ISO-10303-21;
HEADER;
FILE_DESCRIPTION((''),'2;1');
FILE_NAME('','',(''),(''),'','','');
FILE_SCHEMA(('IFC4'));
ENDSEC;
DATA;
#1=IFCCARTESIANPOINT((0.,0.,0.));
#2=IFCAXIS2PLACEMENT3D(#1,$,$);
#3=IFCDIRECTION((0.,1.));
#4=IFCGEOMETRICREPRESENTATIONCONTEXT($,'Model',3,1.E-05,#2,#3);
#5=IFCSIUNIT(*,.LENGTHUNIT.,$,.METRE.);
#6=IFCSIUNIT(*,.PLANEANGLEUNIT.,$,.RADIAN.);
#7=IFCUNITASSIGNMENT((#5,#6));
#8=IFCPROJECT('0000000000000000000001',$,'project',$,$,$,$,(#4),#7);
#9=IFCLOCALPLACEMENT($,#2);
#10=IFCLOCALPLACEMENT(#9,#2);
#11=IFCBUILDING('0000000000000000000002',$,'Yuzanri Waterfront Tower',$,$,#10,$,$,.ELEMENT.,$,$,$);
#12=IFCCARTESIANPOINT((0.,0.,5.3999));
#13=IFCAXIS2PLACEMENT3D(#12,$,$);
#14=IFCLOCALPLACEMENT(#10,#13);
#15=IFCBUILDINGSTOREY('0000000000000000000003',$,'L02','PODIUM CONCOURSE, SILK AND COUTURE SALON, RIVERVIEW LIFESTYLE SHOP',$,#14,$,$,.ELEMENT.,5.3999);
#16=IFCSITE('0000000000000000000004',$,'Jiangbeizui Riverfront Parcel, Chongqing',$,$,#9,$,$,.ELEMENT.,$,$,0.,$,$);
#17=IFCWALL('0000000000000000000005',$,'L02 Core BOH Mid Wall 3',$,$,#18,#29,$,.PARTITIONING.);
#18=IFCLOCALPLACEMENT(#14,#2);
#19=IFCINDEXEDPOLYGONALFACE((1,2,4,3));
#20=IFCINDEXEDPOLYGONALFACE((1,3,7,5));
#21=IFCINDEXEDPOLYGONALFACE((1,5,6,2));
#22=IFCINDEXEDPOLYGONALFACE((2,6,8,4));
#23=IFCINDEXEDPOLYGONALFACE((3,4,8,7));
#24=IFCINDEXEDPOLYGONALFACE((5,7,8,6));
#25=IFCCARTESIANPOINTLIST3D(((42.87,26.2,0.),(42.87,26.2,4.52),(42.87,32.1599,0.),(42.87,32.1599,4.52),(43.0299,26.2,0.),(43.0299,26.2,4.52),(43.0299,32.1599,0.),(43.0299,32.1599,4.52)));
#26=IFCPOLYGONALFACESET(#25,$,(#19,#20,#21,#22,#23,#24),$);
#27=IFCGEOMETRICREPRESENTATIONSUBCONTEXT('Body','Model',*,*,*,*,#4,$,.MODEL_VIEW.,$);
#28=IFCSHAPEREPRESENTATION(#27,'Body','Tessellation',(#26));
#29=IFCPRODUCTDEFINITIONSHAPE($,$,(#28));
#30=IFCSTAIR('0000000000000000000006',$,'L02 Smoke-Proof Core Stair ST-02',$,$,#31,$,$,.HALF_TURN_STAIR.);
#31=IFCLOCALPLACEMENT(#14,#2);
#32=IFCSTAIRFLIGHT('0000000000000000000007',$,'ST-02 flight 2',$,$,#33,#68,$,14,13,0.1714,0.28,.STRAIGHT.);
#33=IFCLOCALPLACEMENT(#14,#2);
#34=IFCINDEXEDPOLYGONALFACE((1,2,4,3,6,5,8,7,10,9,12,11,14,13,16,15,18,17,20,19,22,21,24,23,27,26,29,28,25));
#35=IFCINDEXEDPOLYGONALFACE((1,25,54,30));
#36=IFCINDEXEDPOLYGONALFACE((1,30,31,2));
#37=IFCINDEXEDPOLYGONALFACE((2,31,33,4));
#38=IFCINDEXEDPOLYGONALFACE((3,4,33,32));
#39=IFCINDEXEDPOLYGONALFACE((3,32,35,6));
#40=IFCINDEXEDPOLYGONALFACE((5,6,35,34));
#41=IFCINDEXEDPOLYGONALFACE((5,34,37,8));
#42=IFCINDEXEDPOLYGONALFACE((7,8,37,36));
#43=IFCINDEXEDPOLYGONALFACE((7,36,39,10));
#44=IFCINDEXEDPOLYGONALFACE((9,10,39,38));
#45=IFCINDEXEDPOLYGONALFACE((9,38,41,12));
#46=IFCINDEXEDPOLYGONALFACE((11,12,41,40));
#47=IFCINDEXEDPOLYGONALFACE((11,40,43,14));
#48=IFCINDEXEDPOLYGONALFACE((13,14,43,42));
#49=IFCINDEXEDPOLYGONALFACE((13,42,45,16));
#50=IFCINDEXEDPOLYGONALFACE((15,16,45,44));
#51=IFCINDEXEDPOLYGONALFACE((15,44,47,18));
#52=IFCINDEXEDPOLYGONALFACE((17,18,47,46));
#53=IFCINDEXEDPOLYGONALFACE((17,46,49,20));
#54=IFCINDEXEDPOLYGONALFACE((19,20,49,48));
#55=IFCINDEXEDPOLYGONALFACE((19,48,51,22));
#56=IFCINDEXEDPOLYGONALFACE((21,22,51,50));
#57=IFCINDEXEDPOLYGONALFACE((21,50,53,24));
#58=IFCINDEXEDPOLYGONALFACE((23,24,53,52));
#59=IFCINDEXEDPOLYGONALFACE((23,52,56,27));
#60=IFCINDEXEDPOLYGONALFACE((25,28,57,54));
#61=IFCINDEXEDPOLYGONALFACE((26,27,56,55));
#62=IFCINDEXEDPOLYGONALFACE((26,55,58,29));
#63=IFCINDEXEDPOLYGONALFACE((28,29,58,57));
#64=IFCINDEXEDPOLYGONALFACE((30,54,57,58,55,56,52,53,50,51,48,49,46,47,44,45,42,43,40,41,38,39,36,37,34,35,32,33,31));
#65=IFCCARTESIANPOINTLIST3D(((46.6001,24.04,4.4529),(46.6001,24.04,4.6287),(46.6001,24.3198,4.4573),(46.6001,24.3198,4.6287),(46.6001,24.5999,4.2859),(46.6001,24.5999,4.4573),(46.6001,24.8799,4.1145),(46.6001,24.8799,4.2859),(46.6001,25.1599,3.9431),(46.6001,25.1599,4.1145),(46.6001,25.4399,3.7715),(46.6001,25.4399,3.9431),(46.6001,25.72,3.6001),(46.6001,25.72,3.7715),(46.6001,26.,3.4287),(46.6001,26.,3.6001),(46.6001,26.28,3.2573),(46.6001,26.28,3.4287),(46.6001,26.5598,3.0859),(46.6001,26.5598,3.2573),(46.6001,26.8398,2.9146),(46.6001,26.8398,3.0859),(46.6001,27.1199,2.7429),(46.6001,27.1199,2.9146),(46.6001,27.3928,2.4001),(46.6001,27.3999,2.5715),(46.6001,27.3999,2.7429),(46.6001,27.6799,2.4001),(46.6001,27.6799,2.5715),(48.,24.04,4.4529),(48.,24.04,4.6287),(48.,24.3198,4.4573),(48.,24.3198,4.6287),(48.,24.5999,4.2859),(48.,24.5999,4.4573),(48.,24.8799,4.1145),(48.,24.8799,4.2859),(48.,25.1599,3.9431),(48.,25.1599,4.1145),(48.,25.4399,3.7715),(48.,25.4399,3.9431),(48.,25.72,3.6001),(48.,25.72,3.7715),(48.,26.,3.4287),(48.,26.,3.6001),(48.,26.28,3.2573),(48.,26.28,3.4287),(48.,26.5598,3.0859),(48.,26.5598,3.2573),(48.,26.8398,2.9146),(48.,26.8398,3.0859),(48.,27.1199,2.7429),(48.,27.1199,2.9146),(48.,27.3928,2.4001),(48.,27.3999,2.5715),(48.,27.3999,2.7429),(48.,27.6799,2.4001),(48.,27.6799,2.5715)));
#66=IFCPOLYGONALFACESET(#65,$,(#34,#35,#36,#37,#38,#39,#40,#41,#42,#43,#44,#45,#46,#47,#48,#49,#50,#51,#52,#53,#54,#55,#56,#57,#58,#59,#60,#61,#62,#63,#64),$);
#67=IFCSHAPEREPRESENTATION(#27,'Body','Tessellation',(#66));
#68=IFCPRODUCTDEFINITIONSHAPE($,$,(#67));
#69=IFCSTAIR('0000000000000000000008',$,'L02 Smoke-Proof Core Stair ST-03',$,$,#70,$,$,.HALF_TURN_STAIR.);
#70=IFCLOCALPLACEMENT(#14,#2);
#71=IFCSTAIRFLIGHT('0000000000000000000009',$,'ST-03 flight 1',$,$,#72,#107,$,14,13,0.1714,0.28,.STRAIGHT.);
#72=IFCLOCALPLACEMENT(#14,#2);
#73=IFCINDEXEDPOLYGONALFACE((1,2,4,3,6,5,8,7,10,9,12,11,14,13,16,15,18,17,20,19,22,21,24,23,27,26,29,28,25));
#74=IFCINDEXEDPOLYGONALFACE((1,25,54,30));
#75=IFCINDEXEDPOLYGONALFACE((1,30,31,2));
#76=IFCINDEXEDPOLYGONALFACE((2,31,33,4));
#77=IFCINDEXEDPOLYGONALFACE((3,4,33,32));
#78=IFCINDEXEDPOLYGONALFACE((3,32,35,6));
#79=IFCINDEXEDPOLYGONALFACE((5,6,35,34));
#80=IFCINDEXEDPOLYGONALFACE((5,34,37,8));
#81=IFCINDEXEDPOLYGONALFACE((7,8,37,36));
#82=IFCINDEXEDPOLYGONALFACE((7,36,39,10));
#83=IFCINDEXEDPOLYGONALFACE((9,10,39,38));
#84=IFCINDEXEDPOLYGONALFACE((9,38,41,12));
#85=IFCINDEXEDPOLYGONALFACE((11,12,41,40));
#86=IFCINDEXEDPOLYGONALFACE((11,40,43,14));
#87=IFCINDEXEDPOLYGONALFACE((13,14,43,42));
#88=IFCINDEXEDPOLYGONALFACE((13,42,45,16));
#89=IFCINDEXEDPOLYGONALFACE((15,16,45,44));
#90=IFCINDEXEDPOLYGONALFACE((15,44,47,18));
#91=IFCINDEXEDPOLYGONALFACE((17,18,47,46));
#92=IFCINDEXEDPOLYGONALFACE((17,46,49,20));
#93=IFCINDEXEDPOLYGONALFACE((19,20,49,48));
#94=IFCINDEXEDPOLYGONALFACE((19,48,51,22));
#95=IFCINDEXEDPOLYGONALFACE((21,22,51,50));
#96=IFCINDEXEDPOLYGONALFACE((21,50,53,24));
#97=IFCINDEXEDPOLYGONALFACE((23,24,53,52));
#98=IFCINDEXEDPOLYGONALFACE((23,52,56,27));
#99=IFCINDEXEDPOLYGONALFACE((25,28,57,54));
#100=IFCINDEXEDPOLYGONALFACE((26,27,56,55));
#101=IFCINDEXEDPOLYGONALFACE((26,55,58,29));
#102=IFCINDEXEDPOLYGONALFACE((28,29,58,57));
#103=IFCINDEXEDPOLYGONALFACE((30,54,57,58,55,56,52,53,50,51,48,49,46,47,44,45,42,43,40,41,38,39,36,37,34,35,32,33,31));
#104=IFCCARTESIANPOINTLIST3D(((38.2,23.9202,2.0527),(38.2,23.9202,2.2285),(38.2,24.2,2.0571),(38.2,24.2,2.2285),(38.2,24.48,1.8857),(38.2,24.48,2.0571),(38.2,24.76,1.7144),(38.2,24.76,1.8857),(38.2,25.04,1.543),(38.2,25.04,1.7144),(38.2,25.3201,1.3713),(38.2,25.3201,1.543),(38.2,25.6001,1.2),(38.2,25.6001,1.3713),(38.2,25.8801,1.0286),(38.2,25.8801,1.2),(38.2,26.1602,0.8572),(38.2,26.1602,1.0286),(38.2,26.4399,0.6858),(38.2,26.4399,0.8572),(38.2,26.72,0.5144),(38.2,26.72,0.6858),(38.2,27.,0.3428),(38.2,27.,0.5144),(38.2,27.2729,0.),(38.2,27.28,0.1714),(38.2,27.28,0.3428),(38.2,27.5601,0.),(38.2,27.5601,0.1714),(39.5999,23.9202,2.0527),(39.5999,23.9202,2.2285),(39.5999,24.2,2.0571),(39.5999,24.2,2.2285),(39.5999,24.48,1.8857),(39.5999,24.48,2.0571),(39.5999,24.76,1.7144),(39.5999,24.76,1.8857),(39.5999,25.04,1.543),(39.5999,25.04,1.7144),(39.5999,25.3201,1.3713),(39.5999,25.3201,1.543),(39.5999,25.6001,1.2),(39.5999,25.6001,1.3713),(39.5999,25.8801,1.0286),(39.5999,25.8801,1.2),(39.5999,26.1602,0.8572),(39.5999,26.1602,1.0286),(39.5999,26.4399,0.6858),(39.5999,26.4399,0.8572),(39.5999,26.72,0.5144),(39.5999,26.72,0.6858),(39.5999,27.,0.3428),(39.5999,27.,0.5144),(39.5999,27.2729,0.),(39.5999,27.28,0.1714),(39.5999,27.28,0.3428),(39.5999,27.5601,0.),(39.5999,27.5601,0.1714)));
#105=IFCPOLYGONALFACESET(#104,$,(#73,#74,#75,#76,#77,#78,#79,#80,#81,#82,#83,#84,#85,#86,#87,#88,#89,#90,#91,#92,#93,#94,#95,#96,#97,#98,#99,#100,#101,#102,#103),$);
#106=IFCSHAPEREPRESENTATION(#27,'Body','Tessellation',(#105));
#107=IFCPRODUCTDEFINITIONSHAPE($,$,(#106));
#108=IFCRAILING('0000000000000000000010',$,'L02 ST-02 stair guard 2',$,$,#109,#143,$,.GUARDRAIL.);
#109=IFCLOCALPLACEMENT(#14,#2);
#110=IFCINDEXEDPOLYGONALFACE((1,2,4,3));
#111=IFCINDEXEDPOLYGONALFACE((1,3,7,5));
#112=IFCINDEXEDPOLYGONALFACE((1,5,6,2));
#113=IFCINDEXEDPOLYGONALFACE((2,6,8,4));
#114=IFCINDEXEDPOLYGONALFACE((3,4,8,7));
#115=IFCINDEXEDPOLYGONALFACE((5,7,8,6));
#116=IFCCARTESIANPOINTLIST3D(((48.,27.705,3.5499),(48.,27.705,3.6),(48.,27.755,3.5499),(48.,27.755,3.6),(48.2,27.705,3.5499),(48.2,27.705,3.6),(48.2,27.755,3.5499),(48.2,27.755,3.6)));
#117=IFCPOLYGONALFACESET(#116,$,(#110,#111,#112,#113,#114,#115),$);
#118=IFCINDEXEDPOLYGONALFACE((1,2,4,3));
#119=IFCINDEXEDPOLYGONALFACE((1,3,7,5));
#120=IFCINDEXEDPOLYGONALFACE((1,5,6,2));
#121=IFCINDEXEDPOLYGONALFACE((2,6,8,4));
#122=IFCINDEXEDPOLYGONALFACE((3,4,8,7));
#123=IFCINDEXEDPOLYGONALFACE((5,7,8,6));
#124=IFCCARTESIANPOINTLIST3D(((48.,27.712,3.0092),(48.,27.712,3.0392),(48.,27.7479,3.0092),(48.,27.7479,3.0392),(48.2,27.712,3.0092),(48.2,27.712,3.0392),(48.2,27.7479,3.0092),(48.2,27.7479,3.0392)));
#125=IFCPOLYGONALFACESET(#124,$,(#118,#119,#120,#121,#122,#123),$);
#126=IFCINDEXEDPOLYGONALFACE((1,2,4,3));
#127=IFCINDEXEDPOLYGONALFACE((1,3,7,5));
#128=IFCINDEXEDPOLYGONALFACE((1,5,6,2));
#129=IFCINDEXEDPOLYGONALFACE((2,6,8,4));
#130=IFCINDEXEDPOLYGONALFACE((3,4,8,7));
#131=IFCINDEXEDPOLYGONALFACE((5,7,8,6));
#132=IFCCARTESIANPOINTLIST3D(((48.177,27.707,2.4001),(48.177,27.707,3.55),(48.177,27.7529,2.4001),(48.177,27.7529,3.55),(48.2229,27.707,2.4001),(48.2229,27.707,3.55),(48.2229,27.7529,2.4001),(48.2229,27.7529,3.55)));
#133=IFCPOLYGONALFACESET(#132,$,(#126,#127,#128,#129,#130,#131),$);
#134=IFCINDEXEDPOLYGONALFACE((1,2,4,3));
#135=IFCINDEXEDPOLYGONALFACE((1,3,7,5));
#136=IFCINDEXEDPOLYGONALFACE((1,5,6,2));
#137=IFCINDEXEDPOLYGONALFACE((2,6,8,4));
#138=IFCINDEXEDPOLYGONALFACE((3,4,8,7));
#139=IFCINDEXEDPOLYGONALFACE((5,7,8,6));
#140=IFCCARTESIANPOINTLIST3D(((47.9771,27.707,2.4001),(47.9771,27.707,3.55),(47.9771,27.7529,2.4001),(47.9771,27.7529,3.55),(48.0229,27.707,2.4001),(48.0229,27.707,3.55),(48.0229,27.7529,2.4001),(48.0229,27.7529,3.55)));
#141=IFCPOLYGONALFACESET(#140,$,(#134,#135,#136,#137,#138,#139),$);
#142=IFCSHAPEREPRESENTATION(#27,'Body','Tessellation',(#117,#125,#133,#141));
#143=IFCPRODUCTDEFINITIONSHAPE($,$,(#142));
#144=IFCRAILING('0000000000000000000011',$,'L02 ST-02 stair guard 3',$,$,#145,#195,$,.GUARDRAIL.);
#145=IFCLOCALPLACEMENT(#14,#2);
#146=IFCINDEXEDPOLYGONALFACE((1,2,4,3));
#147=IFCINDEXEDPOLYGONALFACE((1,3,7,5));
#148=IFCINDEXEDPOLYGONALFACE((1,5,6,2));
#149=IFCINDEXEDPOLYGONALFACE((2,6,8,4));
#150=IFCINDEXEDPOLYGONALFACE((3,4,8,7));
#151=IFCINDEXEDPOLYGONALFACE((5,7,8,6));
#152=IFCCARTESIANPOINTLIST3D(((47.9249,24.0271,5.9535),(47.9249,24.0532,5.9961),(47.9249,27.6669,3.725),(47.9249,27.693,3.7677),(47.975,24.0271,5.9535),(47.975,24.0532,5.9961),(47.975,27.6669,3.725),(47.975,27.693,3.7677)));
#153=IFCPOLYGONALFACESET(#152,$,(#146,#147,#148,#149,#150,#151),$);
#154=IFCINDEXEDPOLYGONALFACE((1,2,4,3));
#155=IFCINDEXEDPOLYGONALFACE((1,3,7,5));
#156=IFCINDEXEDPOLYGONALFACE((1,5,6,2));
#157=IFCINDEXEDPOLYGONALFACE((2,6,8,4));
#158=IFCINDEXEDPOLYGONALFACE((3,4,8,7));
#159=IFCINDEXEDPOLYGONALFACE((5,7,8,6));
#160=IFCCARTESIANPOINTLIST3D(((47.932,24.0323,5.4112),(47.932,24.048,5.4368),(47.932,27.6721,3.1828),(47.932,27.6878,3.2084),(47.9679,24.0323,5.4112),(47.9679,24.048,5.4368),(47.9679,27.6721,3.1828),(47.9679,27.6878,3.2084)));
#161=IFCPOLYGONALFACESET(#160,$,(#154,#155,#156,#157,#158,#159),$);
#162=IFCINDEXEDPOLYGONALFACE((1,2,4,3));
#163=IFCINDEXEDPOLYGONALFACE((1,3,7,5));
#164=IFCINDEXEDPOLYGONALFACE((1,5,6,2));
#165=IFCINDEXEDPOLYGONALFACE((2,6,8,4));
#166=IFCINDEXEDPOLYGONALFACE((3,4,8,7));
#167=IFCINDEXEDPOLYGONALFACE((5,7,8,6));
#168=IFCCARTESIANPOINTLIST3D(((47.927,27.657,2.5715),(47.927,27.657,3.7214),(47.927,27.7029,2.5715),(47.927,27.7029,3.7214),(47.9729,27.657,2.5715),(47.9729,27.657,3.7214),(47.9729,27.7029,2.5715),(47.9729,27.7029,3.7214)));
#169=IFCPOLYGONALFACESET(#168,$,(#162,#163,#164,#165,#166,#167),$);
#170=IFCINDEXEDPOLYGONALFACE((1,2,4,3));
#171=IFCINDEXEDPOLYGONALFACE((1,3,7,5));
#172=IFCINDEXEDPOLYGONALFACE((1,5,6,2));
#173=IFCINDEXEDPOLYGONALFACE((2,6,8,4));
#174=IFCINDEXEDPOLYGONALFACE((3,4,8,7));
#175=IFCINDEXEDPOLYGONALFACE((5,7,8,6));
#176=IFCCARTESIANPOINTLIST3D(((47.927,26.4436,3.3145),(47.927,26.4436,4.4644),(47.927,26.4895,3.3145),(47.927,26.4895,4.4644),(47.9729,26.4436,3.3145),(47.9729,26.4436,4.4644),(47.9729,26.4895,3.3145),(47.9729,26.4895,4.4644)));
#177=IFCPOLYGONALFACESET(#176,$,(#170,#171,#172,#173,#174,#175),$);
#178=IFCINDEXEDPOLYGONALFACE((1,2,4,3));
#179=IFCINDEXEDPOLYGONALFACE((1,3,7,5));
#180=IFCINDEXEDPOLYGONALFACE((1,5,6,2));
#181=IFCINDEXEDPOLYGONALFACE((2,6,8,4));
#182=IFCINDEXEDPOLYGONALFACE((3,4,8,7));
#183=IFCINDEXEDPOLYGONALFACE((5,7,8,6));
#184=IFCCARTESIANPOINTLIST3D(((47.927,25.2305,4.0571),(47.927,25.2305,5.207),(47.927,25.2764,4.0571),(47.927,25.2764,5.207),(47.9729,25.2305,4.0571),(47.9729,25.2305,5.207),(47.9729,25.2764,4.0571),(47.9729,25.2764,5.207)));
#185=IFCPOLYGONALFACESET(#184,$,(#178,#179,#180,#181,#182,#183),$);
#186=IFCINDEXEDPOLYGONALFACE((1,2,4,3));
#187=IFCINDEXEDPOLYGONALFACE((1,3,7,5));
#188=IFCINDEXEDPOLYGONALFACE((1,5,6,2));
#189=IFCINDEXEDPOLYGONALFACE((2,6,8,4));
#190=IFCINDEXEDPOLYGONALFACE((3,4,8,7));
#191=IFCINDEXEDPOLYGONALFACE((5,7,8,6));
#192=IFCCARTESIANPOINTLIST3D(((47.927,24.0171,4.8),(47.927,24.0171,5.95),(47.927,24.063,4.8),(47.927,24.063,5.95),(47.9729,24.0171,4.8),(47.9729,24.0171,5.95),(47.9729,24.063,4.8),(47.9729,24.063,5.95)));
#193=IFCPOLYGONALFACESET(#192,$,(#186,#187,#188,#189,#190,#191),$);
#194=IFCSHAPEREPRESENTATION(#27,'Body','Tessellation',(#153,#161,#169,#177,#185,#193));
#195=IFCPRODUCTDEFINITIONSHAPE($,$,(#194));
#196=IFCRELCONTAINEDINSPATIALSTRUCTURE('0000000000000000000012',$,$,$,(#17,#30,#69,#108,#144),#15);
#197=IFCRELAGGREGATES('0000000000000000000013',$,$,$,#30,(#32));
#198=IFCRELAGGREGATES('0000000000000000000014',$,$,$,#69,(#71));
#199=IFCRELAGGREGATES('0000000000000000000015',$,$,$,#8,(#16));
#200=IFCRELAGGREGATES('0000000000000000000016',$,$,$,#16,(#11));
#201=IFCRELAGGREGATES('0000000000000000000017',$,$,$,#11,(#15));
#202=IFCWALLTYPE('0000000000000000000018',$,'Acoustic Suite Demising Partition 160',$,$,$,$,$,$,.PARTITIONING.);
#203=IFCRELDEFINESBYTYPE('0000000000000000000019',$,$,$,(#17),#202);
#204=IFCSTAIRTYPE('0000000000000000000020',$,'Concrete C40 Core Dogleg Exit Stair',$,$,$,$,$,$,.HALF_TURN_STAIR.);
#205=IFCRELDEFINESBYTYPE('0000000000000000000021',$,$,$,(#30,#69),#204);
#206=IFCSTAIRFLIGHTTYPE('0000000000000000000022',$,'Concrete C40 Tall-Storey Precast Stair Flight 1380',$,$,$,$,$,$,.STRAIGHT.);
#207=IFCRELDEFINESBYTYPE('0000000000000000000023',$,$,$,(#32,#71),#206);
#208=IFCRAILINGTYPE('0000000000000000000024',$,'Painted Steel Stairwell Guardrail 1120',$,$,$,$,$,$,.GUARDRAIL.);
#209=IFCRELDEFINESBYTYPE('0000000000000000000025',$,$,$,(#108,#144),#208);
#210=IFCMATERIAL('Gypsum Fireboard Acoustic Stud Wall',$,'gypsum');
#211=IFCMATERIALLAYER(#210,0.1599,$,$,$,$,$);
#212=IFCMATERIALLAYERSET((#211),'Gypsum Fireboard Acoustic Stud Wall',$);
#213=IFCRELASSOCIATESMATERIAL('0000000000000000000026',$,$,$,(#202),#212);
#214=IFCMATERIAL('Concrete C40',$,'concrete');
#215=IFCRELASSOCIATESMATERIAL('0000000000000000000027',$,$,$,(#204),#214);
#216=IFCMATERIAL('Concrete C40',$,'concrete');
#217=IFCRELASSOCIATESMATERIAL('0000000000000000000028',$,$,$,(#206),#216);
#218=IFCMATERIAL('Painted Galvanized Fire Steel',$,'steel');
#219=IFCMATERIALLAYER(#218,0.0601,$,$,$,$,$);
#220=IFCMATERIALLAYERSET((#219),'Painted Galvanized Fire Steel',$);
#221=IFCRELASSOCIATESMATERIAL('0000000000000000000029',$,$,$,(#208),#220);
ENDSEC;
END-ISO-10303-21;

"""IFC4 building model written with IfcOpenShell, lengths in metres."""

from ifc_helpers import new_model, si_unit, direction, frame, frame_2d, origin, origin_2d, place, context, subcontext, project, spatial, polyline, rectangle, outline, extrude, source, transform, mapped, material, layer, layer_set, type_object, element, aggregate, save


model = new_model("IFC4")

# Units and contexts
model_context = context("Model", 3, precision=1e-05, world=origin(), true_north=direction((0.0, 1.0)))
body_context = subcontext(model_context, "Body", "Model", "MODEL_VIEW")
ifc_project = project(units=[si_unit("LENGTHUNIT", "METRE"), si_unit("PLANEANGLEUNIT", "RADIAN")], contexts=[model_context])

# Site, building, storey
site_placement = place(None, origin())
site = spatial("IfcSite", under=ifc_project, at=site_placement, Name="Jiangbeizui Riverfront Parcel, Chongqing", CompositionType="ELEMENT", RefElevation=0.0)
building_placement = place(site_placement, origin())
building = spatial("IfcBuilding", under=site, at=building_placement, Name="Yuzanri Waterfront Tower", CompositionType="ELEMENT")
storey_placement = place(building_placement, frame((0.0, 0.0, 5.3999)))
storey = spatial("IfcBuildingStorey", under=building, at=storey_placement, Name="L02", Description="PODIUM CONCOURSE, SILK AND COUTURE SALON, RIVERVIEW LIFESTYLE SHOP", CompositionType="ELEMENT", Elevation=5.3999)

# Wall
ifc_material_1 = material(Name="Gypsum Fireboard Acoustic Stud Wall", Category="gypsum")
ifc_layer_1 = layer(ifc_material_1, 0.1599)
ifc_layer_set_1 = layer_set([ifc_layer_1], Name="Gypsum Fireboard Acoustic Stud Wall")
wall_type_1 = type_object("IfcWallType", Name="Acoustic Suite Demising Partition 160", PredefinedType="PARTITIONING", material=ifc_layer_set_1)
shared_shape_1 = source(origin(), body_context, "Body", "SweptSolid", [
    extrude(rectangle(XDim=5.96, YDim=0.1599, at=frame_2d((2.98, 0.0))), origin(), (0.0, 0.0, 1.0), 4.52),
])
wall_1_placement = place(storey_placement, frame((42.95, 26.2, 0.0), z_axis=(0.0, 0.0, 1.0), x_axis=(0.0, 1.0, 0.0)))
element("IfcWall", 1, at=wall_1_placement, inside=storey, type_object=wall_type_1, Name="L02 Core BOH Mid Wall 3", PredefinedType="PARTITIONING", context=body_context, shape_type="MappedRepresentation", body=[
    mapped(shared_shape_1, transform((0.0, 0.0, 0.0), scale=1.0)),
])

# Stairs, stair flights
ifc_material_2 = material(Name="Concrete C40", Category="concrete")
stair_type = type_object("IfcStairType", Name="Concrete C40 Core Dogleg Exit Stair", PredefinedType="HALF_TURN_STAIR", material=ifc_material_2)
stair_1_placement = place(storey_placement, origin())
stair_1 = element("IfcStair", 2, at=stair_1_placement, inside=storey, type_object=stair_type, Name="L02 Smoke-Proof Core Stair ST-02", PredefinedType="HALF_TURN_STAIR")
ifc_material_3 = material(Name="Concrete C40", Category="concrete")
stair_flight_type = type_object("IfcStairFlightType", Name="Concrete C40 Tall-Storey Precast Stair Flight 1380", PredefinedType="STRAIGHT", material=ifc_material_3)
shared_shape_2 = source(origin(), body_context, "Body", "SweptSolid", [
    extrude(outline(polyline([(0.0, 0.0), (0.0, 0.1714), (0.28, 0.1714), (0.28, 0.3428), (0.5601, 0.3428), (0.5601, 0.5144), (0.8401, 0.5144), (0.8401, 0.6858), (1.1201, 0.6858), (1.1201, 0.8572), (1.3999, 0.8572), (1.3999, 1.0286), (1.6799, 1.0286), (1.6799, 1.2), (1.96, 1.2), (1.96, 1.3713), (2.24, 1.3713), (2.24, 1.543), (2.52, 1.543), (2.52, 1.7144), (2.8, 1.7144), (2.8, 1.8857), (3.0801, 1.8857), (3.0801, 2.0571), (3.3601, 2.0571), (3.3601, 2.2285), (3.6399, 2.2285), (3.6399, 2.3999), (3.6399, 2.0527), (0.2871, 0.0), (0.0, 0.0)])), frame((0.0, 0.7, 0.0), z_axis=(0.0, -1.0, 0.0), x_axis=(1.0, 0.0, 0.0)), (0.0, 0.0, 1.0), 1.3999),
])
stair_flight_1_placement = place(storey_placement, frame((47.3, 27.6799, 2.4001), z_axis=(0.0, 0.0, 1.0), x_axis=(0.0, -1.0, 0.0)))
stair_flight_1 = element("IfcStairFlight", 3, at=stair_flight_1_placement, type_object=stair_flight_type, Name="ST-02 flight 2", NumberOfRisers=14, NumberOfTreads=13, PredefinedType="STRAIGHT", RiserHeight=0.1714, TreadLength=0.28, context=body_context, shape_type="MappedRepresentation", body=[
    mapped(shared_shape_2, transform((0.0, 0.0, 0.0), scale=1.0)),
])
aggregate(stair_1, [stair_flight_1])
stair_2_placement = place(storey_placement, origin())
stair_2 = element("IfcStair", 4, at=stair_2_placement, inside=storey, type_object=stair_type, Name="L02 Smoke-Proof Core Stair ST-03", PredefinedType="HALF_TURN_STAIR")
stair_flight_2_placement = place(storey_placement, frame((38.8999, 27.5601, 0.0), z_axis=(0.0, 0.0, 1.0), x_axis=(0.0, -1.0, 0.0)))
stair_flight_2 = element("IfcStairFlight", 5, at=stair_flight_2_placement, type_object=stair_flight_type, Name="ST-03 flight 1", NumberOfRisers=14, NumberOfTreads=13, PredefinedType="STRAIGHT", RiserHeight=0.1714, TreadLength=0.28, context=body_context, shape_type="MappedRepresentation", body=[
    mapped(shared_shape_2, transform((0.0, 0.0, 0.0), scale=1.0)),
])
aggregate(stair_2, [stair_flight_2])

# Railings
ifc_material_4 = material(Name="Painted Galvanized Fire Steel", Category="steel")
ifc_layer_2 = layer(ifc_material_4, 0.0601)
ifc_layer_set_2 = layer_set([ifc_layer_2], Name="Painted Galvanized Fire Steel")
railing_type_1 = type_object("IfcRailingType", Name="Painted Steel Stairwell Guardrail 1120", PredefinedType="GUARDRAIL", material=ifc_layer_set_2)
shared_shape_3 = source(origin(), body_context, "Body", "SweptSolid", [
    extrude(rectangle(XDim=0.05, YDim=0.05, at=origin_2d()), frame((0.0, 0.0, 1.1748), z_axis=(-1.0, 0.0, 0.0), x_axis=(0.0, -1.0, 0.0)), (0.0, 0.0, 1.0), 0.2),
    extrude(rectangle(XDim=0.0359, YDim=0.03, at=origin_2d()), frame((0.0, 0.0, 0.624), z_axis=(-1.0, 0.0, 0.0), x_axis=(0.0, -1.0, 0.0)), (0.0, 0.0, 1.0), 0.2),
    extrude(rectangle(XDim=0.0459, YDim=0.0459, at=origin_2d()), origin(), (0.0, 0.0, 1.0), 1.1499),
    extrude(rectangle(XDim=0.0459, YDim=0.0459, at=origin_2d()), frame((-0.2, 0.0, 0.0)), (0.0, 0.0, 1.0), 1.1499),
])
railing_1_placement = place(storey_placement, frame((48.2, 27.73, 2.4001)))
element("IfcRailing", 6, at=railing_1_placement, inside=storey, type_object=railing_type_1, Name="L02 ST-02 stair guard 2", PredefinedType="GUARDRAIL", context=body_context, shape_type="MappedRepresentation", body=[
    mapped(shared_shape_3, transform((0.0, 0.0, 0.0), scale=1.0)),
])
shared_shape_4 = source(origin(), body_context, "Body", "SweptSolid", [
    extrude(rectangle(XDim=0.05, YDim=0.05, at=origin_2d()), frame((0.0, 0.0, 1.1748), z_axis=(0.0, -0.85285, 0.522156), x_axis=(1.0, 0.0, 0.0)), (0.0, 0.0, 1.0), 4.2678),
    extrude(rectangle(XDim=0.0359, YDim=0.03, at=origin_2d()), frame((0.0, 0.0, 0.624), z_axis=(0.0, -0.85285, 0.522156), x_axis=(1.0, 0.0, 0.0)), (0.0, 0.0, 1.0), 4.2678),
    extrude(rectangle(XDim=0.0459, YDim=0.0459, at=origin_2d()), origin(), (0.0, 0.0, 1.0), 1.1499),
    extrude(rectangle(XDim=0.0459, YDim=0.0459, at=origin_2d()), frame((0.0, -1.2134, 0.7429)), (0.0, 0.0, 1.0), 1.1499),
    extrude(rectangle(XDim=0.0459, YDim=0.0459, at=origin_2d()), frame((0.0, -2.4265, 1.4856)), (0.0, 0.0, 1.0), 1.1499),
    extrude(rectangle(XDim=0.0459, YDim=0.0459, at=origin_2d()), frame((0.0, -3.6399, 2.2285)), (0.0, 0.0, 1.0), 1.1499),
])
railing_2_placement = place(storey_placement, frame((47.95, 27.6799, 2.5715)))
element("IfcRailing", 7, at=railing_2_placement, inside=storey, type_object=railing_type_1, Name="L02 ST-02 stair guard 3", PredefinedType="GUARDRAIL", context=body_context, shape_type="MappedRepresentation", body=[
    mapped(shared_shape_4, transform((0.0, 0.0, 0.0), scale=1.0)),
])

save(model, "model.ifc")
